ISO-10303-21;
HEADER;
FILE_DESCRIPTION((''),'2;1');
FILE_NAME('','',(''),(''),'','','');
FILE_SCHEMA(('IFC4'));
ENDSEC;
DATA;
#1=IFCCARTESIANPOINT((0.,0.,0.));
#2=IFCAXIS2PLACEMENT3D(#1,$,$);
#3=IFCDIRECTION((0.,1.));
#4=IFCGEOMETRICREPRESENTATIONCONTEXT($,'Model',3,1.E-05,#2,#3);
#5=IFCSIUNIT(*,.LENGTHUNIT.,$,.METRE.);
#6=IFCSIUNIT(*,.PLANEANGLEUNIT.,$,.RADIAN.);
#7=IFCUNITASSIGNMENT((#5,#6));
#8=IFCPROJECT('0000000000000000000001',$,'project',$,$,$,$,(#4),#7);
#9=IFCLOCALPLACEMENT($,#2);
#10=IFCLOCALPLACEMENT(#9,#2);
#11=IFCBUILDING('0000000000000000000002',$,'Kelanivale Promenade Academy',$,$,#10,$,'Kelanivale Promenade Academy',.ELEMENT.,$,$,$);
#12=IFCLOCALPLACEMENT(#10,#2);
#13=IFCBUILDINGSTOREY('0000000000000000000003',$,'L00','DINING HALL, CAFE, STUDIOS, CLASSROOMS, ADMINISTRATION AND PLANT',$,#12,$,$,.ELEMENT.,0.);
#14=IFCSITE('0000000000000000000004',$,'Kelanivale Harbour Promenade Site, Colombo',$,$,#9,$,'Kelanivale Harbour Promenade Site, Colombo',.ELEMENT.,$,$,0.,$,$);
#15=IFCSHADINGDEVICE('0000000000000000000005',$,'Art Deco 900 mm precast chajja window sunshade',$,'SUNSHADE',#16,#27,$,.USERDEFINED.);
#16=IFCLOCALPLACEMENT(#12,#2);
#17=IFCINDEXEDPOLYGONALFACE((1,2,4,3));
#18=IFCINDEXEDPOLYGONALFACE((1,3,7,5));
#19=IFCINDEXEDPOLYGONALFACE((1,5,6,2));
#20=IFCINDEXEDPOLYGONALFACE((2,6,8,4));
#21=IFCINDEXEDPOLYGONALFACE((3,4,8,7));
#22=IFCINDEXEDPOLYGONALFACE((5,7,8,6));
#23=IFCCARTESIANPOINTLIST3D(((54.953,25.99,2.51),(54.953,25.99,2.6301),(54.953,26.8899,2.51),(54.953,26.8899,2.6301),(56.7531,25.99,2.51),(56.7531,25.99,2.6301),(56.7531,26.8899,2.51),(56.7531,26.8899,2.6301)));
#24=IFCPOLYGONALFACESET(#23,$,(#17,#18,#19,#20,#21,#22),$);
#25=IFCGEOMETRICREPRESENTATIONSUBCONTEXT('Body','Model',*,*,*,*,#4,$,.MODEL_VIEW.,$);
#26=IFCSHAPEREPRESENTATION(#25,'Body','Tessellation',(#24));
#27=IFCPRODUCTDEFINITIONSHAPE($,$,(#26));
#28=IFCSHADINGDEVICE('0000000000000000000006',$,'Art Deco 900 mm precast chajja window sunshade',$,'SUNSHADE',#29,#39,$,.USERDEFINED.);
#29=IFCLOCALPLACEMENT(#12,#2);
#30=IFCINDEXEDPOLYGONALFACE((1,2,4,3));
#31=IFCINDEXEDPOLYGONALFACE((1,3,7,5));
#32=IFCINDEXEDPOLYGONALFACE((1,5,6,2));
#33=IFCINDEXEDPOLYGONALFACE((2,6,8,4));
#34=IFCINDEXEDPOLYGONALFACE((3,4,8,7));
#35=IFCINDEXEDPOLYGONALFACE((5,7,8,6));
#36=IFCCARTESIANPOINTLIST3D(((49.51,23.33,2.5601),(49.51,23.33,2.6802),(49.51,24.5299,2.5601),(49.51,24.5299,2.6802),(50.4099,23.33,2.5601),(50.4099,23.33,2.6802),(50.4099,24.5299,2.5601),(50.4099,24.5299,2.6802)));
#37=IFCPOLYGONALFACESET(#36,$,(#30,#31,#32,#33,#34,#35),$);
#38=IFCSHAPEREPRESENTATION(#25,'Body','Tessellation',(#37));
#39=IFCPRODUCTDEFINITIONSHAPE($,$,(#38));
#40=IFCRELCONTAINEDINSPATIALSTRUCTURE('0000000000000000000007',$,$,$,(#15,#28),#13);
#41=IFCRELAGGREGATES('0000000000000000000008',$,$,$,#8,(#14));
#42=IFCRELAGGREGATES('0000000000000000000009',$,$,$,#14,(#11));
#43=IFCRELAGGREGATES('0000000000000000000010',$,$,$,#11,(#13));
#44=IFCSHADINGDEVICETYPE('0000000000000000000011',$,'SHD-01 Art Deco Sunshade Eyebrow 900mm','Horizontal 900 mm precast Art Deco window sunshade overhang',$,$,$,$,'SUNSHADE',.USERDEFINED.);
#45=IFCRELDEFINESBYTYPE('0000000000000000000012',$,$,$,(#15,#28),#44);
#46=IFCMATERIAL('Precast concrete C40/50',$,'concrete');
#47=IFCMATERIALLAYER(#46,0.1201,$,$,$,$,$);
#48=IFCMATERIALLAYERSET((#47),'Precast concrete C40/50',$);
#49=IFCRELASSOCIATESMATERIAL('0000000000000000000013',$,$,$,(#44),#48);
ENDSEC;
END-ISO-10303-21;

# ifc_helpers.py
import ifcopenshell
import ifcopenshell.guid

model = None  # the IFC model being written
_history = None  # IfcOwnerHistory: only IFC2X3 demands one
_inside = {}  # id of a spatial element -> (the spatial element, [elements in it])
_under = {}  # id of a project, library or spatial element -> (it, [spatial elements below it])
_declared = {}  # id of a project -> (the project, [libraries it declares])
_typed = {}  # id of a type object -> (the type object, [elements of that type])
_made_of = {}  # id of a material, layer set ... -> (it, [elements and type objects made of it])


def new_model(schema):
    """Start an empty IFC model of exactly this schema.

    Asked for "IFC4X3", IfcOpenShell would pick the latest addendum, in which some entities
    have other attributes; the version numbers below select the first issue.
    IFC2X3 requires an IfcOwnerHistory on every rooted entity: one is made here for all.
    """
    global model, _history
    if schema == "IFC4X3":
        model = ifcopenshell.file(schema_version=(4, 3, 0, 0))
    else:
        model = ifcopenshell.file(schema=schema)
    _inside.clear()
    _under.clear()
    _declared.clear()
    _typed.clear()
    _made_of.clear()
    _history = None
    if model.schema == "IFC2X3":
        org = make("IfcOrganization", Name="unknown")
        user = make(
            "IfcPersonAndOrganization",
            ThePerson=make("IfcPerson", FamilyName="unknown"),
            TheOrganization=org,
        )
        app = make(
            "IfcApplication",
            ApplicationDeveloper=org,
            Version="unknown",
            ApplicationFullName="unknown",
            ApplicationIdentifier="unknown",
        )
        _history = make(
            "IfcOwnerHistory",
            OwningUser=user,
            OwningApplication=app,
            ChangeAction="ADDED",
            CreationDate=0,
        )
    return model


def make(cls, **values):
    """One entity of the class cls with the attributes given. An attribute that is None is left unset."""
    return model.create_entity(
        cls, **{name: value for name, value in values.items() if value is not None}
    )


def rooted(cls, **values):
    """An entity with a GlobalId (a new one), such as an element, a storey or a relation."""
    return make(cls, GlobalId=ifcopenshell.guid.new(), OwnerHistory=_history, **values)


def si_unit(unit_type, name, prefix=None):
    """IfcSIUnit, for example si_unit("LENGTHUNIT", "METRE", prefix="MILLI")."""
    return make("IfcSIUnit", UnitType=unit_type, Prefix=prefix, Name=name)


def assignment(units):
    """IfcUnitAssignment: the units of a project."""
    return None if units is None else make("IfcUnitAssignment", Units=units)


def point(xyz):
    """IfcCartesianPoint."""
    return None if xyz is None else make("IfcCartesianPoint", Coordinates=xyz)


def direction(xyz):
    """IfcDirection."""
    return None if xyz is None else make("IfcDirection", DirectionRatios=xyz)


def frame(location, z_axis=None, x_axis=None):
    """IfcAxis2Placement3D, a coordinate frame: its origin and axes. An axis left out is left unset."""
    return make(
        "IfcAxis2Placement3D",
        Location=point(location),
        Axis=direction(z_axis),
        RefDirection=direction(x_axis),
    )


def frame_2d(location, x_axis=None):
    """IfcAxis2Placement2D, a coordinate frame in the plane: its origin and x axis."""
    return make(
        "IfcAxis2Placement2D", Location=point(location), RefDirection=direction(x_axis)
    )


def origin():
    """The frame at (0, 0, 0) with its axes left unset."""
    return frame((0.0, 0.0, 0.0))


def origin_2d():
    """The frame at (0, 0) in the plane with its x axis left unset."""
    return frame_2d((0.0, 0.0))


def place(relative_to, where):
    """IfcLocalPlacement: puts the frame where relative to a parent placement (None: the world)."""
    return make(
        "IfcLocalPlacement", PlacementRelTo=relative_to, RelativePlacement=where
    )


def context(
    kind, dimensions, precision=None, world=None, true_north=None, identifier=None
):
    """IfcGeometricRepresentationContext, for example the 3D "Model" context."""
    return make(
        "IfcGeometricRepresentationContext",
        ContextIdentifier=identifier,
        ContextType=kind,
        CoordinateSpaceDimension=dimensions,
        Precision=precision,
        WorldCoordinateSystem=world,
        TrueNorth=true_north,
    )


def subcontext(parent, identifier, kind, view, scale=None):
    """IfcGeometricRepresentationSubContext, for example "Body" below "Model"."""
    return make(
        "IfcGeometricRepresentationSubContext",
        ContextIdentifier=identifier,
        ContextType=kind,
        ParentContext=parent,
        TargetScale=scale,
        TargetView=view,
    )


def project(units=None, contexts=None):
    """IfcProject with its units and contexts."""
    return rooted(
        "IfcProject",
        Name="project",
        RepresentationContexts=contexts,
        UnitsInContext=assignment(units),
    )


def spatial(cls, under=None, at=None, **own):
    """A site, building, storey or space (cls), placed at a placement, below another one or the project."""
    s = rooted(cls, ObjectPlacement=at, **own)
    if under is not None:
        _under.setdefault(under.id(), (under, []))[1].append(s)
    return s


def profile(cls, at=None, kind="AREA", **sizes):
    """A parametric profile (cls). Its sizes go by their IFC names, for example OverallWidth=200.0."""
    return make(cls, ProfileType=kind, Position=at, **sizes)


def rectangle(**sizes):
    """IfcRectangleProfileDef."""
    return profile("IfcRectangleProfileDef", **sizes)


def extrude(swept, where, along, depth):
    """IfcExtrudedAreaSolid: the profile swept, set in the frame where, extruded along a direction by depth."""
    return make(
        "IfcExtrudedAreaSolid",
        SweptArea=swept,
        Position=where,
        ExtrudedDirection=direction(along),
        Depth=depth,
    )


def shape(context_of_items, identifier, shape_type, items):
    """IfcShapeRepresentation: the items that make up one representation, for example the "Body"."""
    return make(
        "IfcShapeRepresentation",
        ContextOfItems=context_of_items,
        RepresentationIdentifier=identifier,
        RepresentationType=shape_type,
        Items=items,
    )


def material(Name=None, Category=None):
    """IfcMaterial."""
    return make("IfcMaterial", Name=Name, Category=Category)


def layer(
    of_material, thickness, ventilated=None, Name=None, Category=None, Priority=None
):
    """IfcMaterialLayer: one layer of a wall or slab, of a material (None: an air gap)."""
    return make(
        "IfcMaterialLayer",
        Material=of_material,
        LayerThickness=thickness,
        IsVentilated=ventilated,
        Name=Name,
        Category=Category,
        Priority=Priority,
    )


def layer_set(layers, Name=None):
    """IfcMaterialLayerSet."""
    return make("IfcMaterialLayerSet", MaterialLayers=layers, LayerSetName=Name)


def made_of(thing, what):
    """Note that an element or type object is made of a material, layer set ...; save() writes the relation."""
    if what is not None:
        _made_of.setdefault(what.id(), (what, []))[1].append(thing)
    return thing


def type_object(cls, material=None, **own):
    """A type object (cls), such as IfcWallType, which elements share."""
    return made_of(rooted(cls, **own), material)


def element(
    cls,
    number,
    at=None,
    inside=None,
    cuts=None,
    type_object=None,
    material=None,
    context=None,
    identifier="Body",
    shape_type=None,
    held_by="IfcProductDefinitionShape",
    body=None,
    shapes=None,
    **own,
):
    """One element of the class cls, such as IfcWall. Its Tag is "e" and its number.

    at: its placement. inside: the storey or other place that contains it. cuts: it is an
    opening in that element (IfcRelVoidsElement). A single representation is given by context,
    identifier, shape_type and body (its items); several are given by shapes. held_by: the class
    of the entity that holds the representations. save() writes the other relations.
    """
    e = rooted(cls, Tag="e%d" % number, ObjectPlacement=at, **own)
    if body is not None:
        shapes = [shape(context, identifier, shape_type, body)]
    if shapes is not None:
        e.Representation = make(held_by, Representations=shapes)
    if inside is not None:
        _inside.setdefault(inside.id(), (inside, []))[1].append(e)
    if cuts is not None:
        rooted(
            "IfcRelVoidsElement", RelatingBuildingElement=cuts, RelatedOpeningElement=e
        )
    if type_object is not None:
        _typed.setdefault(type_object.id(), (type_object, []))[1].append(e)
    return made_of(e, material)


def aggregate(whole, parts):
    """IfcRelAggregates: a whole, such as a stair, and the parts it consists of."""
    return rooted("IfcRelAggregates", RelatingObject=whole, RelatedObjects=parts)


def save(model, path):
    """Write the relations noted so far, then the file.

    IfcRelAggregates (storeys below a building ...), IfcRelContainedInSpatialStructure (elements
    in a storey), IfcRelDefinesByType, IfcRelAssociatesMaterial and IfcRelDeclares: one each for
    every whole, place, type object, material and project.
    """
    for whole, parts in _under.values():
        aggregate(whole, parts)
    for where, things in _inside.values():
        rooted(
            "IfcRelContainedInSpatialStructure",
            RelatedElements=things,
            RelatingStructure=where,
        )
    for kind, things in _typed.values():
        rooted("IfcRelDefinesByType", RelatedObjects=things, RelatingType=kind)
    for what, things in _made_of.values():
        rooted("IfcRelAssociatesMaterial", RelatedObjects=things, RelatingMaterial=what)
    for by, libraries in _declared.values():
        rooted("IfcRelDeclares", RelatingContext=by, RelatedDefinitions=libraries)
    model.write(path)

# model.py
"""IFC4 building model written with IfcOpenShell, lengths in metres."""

from ifc_helpers import new_model, si_unit, direction, frame, origin, origin_2d, place, context, subcontext, project, spatial, rectangle, extrude, material, layer, layer_set, type_object, element, save


model = new_model("IFC4")

# Units and contexts
model_context = context("Model", 3, precision=1e-05, world=origin(), true_north=direction((0.0, 1.0)))
body_context = subcontext(model_context, "Body", "Model", "MODEL_VIEW")
ifc_project = project(units=[si_unit("LENGTHUNIT", "METRE"), si_unit("PLANEANGLEUNIT", "RADIAN")], contexts=[model_context])

# Site, building, storey
site_placement = place(None, origin())
site = spatial("IfcSite", under=ifc_project, at=site_placement, Name="Kelanivale Harbour Promenade Site, Colombo", LongName="Kelanivale Harbour Promenade Site, Colombo", CompositionType="ELEMENT", RefElevation=0.0)
building_placement = place(site_placement, origin())
building = spatial("IfcBuilding", under=site, at=building_placement, Name="Kelanivale Promenade Academy", LongName="Kelanivale Promenade Academy", CompositionType="ELEMENT")
storey_placement = place(building_placement, origin())
storey = spatial("IfcBuildingStorey", under=building, at=storey_placement, Name="L00", Description="DINING HALL, CAFE, STUDIOS, CLASSROOMS, ADMINISTRATION AND PLANT", CompositionType="ELEMENT", Elevation=0.0)

# Shading devices
ifc_material_1 = material(Name="Precast concrete C40/50", Category="concrete")
ifc_layer_1 = layer(ifc_material_1, 0.1201)
ifc_layer_set_1 = layer_set([ifc_layer_1], Name="Precast concrete C40/50")
shading_device_type = type_object("IfcShadingDeviceType", Name="SHD-01 Art Deco Sunshade Eyebrow 900mm", Description="Horizontal 900 mm precast Art Deco window sunshade overhang", ElementType="SUNSHADE", PredefinedType="USERDEFINED", material=ifc_layer_set_1)
shading_device_1_placement = place(storey_placement, frame((55.853, 26.4399, 2.51), z_axis=(0.0, 0.0, 1.0), x_axis=(-1.0, 0.0, 0.0)))
element("IfcShadingDevice", 1, at=shading_device_1_placement, inside=storey, type_object=shading_device_type, Name="Art Deco 900 mm precast chajja window sunshade", ObjectType="SUNSHADE", PredefinedType="USERDEFINED", context=body_context, shape_type="SweptSolid", body=[
    extrude(rectangle(XDim=1.8, YDim=0.8999, at=origin_2d()), origin(), (0.0, 0.0, 1.0), 0.1201),
])
shading_device_2_placement = place(storey_placement, frame((49.96, 23.9299, 2.5601), z_axis=(0.0, 0.0, 1.0), x_axis=(0.0, -1.0, 0.0)))
element("IfcShadingDevice", 2, at=shading_device_2_placement, inside=storey, type_object=shading_device_type, Name="Art Deco 900 mm precast chajja window sunshade", ObjectType="SUNSHADE", PredefinedType="USERDEFINED", context=body_context, shape_type="SweptSolid", body=[
    extrude(rectangle(XDim=1.2, YDim=0.8999, at=origin_2d()), origin(), (0.0, 0.0, 1.0), 0.1201),
])

save(model, "model.ifc")
